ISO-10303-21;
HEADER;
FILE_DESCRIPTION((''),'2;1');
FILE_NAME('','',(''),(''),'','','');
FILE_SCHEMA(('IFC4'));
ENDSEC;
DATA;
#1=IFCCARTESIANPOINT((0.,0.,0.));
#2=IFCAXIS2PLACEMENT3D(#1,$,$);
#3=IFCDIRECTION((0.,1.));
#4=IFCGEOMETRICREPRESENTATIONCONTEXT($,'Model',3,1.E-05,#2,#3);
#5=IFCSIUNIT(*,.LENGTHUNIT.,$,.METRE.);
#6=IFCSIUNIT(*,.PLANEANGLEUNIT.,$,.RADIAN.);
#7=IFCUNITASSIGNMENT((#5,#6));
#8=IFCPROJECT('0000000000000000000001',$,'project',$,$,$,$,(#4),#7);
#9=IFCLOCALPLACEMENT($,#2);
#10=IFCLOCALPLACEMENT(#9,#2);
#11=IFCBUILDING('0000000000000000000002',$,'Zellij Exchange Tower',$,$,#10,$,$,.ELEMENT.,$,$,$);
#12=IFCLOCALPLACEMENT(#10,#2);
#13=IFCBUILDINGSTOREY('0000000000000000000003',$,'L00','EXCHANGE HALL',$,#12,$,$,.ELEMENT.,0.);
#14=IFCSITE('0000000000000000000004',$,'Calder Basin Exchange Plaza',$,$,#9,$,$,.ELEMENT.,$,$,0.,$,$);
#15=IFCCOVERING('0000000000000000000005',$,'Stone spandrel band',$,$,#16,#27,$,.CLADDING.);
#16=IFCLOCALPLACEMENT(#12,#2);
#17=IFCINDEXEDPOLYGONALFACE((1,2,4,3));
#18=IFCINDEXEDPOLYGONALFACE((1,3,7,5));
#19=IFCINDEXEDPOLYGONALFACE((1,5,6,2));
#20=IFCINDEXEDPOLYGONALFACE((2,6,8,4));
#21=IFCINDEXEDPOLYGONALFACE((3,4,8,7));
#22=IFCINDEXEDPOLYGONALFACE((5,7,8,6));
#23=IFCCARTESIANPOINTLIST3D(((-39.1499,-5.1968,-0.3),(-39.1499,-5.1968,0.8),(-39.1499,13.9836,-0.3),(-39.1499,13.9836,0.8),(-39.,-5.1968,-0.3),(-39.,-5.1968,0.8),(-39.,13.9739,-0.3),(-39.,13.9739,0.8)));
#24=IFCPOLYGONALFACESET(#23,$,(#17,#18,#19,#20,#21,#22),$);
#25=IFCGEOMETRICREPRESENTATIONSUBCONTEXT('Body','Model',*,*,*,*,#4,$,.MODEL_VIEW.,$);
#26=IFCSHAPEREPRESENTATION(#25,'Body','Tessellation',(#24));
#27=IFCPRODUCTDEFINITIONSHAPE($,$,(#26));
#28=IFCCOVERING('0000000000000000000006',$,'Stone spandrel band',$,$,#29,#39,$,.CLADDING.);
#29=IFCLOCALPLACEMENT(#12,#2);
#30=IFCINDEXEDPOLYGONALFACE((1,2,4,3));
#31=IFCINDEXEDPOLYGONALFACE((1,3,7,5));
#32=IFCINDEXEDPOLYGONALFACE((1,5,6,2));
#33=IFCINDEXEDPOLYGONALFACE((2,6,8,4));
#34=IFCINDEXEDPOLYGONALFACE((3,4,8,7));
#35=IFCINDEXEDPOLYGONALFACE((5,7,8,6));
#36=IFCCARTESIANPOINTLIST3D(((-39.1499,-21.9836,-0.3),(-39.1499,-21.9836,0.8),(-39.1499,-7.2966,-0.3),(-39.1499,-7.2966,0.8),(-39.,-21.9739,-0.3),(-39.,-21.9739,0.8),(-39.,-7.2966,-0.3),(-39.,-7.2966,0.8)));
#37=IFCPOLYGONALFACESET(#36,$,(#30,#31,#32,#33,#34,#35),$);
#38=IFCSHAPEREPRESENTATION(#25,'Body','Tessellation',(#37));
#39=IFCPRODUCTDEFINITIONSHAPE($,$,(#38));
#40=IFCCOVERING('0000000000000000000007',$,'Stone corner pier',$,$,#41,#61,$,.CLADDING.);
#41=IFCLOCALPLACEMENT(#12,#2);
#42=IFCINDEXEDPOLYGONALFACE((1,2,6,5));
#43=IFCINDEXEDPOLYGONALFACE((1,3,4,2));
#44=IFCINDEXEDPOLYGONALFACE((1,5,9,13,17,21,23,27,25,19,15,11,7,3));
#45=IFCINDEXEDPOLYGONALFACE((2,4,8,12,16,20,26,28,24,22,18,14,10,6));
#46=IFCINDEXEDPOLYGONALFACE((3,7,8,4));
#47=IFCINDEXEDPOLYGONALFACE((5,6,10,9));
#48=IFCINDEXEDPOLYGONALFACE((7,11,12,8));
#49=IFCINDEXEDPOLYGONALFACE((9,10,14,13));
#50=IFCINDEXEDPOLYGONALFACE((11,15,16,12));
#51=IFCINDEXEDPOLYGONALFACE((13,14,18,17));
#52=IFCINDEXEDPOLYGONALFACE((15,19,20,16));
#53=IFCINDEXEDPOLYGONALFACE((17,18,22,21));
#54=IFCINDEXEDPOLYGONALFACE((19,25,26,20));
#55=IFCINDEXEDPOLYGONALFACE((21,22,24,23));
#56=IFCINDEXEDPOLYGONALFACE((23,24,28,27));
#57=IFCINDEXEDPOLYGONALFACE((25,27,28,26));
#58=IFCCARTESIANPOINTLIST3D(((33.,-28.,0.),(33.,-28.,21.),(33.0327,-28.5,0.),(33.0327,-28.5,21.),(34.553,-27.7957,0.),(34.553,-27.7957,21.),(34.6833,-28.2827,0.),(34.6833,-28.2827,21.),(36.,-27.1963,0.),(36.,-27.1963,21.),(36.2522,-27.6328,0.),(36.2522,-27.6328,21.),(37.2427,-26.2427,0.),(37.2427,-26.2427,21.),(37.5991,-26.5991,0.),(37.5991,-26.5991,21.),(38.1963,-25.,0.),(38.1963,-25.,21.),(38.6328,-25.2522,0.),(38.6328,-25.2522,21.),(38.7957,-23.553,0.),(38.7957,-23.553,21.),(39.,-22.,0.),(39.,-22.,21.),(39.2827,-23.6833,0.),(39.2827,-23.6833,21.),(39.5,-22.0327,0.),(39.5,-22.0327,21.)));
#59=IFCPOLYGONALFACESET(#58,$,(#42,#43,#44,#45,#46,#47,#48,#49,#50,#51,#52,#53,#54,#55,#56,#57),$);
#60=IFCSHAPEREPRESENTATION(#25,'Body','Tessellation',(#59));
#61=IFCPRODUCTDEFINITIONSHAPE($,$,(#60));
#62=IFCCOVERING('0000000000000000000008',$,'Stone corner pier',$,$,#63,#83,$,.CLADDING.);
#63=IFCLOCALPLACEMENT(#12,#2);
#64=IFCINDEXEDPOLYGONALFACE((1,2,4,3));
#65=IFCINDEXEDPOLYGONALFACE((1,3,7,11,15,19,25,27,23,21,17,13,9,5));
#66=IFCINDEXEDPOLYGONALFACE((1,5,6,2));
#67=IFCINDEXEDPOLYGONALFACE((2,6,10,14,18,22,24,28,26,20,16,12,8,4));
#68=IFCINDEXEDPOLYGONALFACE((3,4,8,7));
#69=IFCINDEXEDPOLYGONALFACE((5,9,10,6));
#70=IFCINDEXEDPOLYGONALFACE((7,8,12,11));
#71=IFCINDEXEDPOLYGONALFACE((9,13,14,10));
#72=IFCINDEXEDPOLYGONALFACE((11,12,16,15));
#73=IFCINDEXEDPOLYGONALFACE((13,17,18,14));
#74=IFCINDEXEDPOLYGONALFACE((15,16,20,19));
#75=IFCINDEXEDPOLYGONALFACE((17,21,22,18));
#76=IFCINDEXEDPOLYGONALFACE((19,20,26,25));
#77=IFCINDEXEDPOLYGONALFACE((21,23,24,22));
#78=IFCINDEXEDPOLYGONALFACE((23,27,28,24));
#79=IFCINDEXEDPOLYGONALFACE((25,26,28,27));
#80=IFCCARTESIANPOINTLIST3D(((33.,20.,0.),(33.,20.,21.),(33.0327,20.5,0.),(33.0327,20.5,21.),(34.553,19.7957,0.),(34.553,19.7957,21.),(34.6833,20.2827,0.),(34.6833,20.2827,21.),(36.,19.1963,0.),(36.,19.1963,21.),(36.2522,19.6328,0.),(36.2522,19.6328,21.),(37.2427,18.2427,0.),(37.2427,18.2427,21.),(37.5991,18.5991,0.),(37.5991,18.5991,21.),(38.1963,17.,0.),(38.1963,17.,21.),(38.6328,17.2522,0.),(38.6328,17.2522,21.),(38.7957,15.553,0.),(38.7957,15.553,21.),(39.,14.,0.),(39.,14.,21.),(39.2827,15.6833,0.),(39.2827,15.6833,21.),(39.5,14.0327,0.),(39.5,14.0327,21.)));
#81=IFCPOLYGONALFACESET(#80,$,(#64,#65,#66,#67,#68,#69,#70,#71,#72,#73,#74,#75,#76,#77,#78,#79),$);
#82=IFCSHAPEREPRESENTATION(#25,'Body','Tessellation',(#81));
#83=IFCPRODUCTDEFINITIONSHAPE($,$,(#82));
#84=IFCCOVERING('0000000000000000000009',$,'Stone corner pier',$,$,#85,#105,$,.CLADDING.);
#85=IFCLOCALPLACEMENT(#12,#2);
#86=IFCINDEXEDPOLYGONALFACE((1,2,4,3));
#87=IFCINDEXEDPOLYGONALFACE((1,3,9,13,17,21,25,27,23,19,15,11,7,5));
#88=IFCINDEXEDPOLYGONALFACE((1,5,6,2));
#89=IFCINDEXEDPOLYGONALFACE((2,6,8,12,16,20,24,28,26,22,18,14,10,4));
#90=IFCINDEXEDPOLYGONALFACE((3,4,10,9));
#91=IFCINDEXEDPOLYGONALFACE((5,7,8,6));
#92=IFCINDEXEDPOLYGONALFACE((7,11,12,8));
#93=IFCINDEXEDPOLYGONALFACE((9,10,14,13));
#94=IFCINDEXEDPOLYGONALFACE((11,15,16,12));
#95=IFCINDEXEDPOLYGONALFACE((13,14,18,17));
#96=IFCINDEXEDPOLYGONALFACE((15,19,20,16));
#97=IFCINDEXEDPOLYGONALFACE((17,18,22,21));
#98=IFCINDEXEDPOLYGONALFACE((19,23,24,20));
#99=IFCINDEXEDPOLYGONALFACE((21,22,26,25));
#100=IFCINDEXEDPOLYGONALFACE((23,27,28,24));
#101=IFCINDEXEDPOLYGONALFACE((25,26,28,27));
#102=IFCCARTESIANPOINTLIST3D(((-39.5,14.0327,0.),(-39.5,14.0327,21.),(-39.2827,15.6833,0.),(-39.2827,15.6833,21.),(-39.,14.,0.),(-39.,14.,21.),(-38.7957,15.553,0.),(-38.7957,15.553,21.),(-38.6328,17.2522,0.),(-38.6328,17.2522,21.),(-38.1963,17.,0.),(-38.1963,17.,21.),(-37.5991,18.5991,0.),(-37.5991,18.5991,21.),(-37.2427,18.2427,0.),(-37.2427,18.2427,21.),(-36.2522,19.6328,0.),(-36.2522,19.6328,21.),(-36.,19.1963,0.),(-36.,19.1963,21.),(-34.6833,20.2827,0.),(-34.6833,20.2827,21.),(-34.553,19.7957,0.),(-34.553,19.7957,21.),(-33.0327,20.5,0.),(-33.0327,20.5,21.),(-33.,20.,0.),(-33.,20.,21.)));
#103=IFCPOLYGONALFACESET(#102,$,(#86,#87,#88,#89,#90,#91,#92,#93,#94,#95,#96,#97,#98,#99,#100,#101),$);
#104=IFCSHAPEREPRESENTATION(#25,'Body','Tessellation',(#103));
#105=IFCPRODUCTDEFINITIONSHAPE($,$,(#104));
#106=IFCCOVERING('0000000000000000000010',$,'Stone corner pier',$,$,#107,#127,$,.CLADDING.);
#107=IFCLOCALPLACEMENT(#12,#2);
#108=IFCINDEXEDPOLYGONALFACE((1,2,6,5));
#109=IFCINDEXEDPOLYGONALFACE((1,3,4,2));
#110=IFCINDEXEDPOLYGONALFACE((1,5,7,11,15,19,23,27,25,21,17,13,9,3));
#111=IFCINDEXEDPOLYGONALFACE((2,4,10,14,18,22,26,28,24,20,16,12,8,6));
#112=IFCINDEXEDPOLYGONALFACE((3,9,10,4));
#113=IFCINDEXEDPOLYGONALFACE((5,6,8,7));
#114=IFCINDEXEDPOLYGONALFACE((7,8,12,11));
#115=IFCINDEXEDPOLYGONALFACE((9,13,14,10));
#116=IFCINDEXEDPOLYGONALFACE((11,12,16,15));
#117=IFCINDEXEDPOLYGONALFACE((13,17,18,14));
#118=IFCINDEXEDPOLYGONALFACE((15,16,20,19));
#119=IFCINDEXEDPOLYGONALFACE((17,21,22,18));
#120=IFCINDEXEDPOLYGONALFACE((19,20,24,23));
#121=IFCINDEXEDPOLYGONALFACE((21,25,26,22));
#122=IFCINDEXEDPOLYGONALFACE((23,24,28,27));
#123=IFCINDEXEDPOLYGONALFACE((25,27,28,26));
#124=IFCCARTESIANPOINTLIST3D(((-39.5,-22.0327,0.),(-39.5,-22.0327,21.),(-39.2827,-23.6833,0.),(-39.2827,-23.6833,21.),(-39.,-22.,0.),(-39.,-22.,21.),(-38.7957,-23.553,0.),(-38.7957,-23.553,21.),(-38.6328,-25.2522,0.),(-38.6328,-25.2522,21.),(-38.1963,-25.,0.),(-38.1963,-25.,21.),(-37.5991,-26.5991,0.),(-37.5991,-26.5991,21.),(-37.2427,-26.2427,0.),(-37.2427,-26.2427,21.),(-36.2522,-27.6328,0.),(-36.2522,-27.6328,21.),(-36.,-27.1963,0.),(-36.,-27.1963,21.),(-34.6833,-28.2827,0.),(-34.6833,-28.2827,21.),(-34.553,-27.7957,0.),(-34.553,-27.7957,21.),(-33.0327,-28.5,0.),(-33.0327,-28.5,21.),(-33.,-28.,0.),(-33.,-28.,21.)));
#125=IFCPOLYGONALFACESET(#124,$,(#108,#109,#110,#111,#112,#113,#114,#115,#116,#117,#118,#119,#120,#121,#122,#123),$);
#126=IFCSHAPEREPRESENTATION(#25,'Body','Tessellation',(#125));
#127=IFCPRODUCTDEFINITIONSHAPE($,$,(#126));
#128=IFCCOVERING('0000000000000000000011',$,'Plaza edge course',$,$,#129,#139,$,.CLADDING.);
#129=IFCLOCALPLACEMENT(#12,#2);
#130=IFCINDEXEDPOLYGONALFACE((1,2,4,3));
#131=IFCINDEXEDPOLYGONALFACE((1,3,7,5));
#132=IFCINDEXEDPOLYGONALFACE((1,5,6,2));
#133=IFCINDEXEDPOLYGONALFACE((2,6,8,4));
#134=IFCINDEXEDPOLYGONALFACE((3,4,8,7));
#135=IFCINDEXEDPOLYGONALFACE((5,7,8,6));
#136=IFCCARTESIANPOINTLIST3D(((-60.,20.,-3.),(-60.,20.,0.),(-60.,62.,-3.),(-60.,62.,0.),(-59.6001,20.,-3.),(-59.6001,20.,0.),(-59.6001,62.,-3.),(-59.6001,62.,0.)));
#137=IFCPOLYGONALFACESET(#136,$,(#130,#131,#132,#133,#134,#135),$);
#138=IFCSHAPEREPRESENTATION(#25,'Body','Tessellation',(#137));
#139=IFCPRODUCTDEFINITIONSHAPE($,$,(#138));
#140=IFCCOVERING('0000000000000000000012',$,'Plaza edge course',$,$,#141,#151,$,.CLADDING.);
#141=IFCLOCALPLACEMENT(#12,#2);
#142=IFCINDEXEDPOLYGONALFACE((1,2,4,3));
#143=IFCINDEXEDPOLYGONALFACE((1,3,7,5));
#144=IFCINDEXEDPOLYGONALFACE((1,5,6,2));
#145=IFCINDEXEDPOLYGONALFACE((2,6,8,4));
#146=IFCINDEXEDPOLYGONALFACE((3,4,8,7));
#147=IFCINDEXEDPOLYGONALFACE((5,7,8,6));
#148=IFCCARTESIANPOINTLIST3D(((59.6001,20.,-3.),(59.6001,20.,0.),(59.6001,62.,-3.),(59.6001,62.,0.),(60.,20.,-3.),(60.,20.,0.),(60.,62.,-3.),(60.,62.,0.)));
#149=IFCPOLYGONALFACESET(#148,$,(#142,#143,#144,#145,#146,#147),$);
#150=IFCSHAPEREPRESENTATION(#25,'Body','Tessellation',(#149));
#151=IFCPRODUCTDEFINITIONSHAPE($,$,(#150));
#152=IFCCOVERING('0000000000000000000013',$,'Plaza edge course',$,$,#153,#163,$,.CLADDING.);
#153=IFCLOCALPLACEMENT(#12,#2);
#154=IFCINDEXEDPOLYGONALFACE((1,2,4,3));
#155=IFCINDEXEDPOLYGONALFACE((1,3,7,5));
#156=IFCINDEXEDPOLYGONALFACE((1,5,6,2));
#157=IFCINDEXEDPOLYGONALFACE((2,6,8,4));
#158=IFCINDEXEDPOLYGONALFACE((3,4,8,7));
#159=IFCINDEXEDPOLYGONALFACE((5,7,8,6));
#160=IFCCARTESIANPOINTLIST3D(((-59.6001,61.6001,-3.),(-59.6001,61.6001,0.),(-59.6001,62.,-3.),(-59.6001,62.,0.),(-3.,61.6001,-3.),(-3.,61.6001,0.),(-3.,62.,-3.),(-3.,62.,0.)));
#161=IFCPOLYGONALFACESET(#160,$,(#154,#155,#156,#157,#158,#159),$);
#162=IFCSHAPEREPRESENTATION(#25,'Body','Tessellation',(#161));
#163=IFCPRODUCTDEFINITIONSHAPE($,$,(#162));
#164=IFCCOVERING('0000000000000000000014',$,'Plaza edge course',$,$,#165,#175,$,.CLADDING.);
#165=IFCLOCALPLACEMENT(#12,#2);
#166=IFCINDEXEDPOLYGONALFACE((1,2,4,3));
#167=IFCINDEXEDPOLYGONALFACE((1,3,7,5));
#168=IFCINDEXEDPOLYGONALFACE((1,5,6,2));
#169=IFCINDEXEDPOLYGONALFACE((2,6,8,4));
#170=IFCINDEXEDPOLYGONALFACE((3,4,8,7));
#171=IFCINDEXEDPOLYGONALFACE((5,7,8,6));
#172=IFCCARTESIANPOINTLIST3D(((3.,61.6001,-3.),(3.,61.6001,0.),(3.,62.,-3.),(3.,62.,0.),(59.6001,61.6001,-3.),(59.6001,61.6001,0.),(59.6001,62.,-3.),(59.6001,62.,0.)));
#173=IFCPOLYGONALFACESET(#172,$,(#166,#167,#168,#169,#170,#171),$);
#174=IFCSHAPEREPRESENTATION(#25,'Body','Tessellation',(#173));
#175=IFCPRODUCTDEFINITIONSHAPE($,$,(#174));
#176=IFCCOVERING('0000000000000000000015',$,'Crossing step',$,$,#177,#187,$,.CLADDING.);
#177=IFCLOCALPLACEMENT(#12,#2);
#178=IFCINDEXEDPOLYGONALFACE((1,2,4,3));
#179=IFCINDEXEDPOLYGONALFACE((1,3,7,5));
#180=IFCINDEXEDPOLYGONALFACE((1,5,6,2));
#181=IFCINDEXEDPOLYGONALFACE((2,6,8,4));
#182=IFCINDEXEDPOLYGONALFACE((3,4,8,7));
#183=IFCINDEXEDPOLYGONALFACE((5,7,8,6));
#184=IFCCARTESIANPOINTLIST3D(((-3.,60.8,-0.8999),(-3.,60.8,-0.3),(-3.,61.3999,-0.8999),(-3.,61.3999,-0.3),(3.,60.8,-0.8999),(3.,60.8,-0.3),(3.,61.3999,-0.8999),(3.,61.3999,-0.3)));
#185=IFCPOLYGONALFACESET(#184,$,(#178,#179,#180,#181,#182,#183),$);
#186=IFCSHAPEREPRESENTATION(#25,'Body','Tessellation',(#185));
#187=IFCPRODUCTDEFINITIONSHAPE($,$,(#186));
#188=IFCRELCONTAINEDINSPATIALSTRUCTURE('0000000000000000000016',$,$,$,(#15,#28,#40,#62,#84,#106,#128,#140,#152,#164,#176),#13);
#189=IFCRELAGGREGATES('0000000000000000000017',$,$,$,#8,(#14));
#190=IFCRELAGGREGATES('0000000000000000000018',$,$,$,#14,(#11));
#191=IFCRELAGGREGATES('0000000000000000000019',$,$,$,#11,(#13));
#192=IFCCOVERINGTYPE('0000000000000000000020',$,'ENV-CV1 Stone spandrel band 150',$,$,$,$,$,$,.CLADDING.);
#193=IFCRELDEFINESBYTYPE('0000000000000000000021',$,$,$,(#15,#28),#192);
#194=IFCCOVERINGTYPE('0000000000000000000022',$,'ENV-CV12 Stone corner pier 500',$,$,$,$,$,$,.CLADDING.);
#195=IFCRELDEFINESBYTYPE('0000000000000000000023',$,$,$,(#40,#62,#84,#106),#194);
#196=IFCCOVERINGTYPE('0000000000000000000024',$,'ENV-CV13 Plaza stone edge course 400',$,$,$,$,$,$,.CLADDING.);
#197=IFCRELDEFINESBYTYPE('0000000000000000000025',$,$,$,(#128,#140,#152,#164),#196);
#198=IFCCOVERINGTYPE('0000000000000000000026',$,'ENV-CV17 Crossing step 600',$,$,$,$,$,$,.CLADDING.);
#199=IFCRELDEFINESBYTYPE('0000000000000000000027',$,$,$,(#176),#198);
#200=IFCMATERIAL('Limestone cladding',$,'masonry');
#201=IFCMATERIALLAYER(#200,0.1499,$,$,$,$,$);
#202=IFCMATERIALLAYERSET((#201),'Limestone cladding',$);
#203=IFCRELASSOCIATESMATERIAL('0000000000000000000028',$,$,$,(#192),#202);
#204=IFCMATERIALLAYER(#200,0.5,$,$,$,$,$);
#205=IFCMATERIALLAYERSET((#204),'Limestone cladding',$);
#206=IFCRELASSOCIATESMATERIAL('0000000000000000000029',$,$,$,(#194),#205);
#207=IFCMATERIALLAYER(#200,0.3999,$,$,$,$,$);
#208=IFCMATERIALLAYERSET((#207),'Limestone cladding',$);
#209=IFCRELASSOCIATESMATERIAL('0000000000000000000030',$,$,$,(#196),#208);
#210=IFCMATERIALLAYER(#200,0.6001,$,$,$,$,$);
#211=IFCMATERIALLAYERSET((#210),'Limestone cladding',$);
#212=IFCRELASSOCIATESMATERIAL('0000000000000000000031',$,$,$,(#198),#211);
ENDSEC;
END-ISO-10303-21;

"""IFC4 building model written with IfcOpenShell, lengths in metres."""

from ifc_helpers import new_model, si_unit, direction, frame, origin, place, context, subcontext, project, spatial, polyline, outline, extrude, material, layer, layer_set, type_object, element, save


model = new_model("IFC4")

# Units and contexts
model_context = context("Model", 3, precision=1e-05, world=origin(), true_north=direction((0.0, 1.0)))
body_context = subcontext(model_context, "Body", "Model", "MODEL_VIEW")
ifc_project = project(units=[si_unit("LENGTHUNIT", "METRE"), si_unit("PLANEANGLEUNIT", "RADIAN")], contexts=[model_context])

# Site, building, storey
site_placement = place(None, origin())
site = spatial("IfcSite", under=ifc_project, at=site_placement, Name="Calder Basin Exchange Plaza", CompositionType="ELEMENT", RefElevation=0.0)
building_placement = place(site_placement, origin())
building = spatial("IfcBuilding", under=site, at=building_placement, Name="Zellij Exchange Tower", CompositionType="ELEMENT")
storey_placement = place(building_placement, origin())
storey = spatial("IfcBuildingStorey", under=building, at=storey_placement, Name="L00", Description="EXCHANGE HALL", CompositionType="ELEMENT", Elevation=0.0)

# Coverings
ifc_material_1 = material(Name="Limestone cladding", Category="masonry")
ifc_layer_1 = layer(ifc_material_1, 0.1499)
ifc_layer_set_1 = layer_set([ifc_layer_1], Name="Limestone cladding")
covering_type_1 = type_object("IfcCoveringType", Name="ENV-CV1 Stone spandrel band 150", PredefinedType="CLADDING", material=ifc_layer_set_1)
covering_1_placement = place(storey_placement, frame((0.0, 0.0, -0.3)))
element("IfcCovering", 1, at=covering_1_placement, inside=storey, type_object=covering_type_1, Name="Stone spandrel band", PredefinedType="CLADDING", context=body_context, shape_type="SweptSolid", body=[
    extrude(outline(polyline([(-39.0, 13.9739), (-39.0, -5.1968), (-39.1499, -5.1968), (-39.1499, 13.9836), (-39.0, 13.9739)])), origin(), (0.0, 0.0, 1.0), 1.1001),
])
covering_2_placement = place(storey_placement, frame((0.0, 0.0, -0.3)))
element("IfcCovering", 2, at=covering_2_placement, inside=storey, type_object=covering_type_1, Name="Stone spandrel band", PredefinedType="CLADDING", context=body_context, shape_type="SweptSolid", body=[
    extrude(outline(polyline([(-39.0, -7.2966), (-39.0, -21.9739), (-39.1499, -21.9836), (-39.1499, -7.2966), (-39.0, -7.2966)])), origin(), (0.0, 0.0, 1.0), 1.1001),
])
ifc_layer_2 = layer(ifc_material_1, 0.5)
ifc_layer_set_2 = layer_set([ifc_layer_2], Name="Limestone cladding")
covering_type_2 = type_object("IfcCoveringType", Name="ENV-CV12 Stone corner pier 500", PredefinedType="CLADDING", material=ifc_layer_set_2)
covering_3_placement = place(storey_placement, origin())
element("IfcCovering", 3, at=covering_3_placement, inside=storey, type_object=covering_type_2, Name="Stone corner pier", PredefinedType="CLADDING", context=body_context, shape_type="SweptSolid", body=[
    extrude(outline(polyline([(33.0, -28.0), (34.553, -27.7957), (36.0, -27.1963), (37.2427, -26.2427), (38.1963, -25.0), (38.7957, -23.553), (39.0, -22.0), (39.5, -22.0327), (39.2827, -23.6833), (38.6328, -25.2522), (37.5991, -26.5991), (36.2522, -27.6328), (34.6833, -28.2827), (33.0327, -28.5), (33.0, -28.0)])), origin(), (0.0, 0.0, 1.0), 21.0),
])
covering_4_placement = place(storey_placement, origin())
element("IfcCovering", 4, at=covering_4_placement, inside=storey, type_object=covering_type_2, Name="Stone corner pier", PredefinedType="CLADDING", context=body_context, shape_type="SweptSolid", body=[
    extrude(outline(polyline([(39.0, 14.0), (38.7957, 15.553), (38.1963, 17.0), (37.2427, 18.2427), (36.0, 19.1963), (34.553, 19.7957), (33.0, 20.0), (33.0327, 20.5), (34.6833, 20.2827), (36.2522, 19.6328), (37.5991, 18.5991), (38.6328, 17.2522), (39.2827, 15.6833), (39.5, 14.0327), (39.0, 14.0)])), origin(), (0.0, 0.0, 1.0), 21.0),
])
covering_5_placement = place(storey_placement, origin())
element("IfcCovering", 5, at=covering_5_placement, inside=storey, type_object=covering_type_2, Name="Stone corner pier", PredefinedType="CLADDING", context=body_context, shape_type="SweptSolid", body=[
    extrude(outline(polyline([(-33.0, 20.0), (-34.553, 19.7957), (-36.0, 19.1963), (-37.2427, 18.2427), (-38.1963, 17.0), (-38.7957, 15.553), (-39.0, 14.0), (-39.5, 14.0327), (-39.2827, 15.6833), (-38.6328, 17.2522), (-37.5991, 18.5991), (-36.2522, 19.6328), (-34.6833, 20.2827), (-33.0327, 20.5), (-33.0, 20.0)])), origin(), (0.0, 0.0, 1.0), 21.0),
])
covering_6_placement = place(storey_placement, origin())
element("IfcCovering", 6, at=covering_6_placement, inside=storey, type_object=covering_type_2, Name="Stone corner pier", PredefinedType="CLADDING", context=body_context, shape_type="SweptSolid", body=[
    extrude(outline(polyline([(-39.0, -22.0), (-38.7957, -23.553), (-38.1963, -25.0), (-37.2427, -26.2427), (-36.0, -27.1963), (-34.553, -27.7957), (-33.0, -28.0), (-33.0327, -28.5), (-34.6833, -28.2827), (-36.2522, -27.6328), (-37.5991, -26.5991), (-38.6328, -25.2522), (-39.2827, -23.6833), (-39.5, -22.0327), (-39.0, -22.0)])), origin(), (0.0, 0.0, 1.0), 21.0),
])
ifc_layer_3 = layer(ifc_material_1, 0.3999)
ifc_layer_set_3 = layer_set([ifc_layer_3], Name="Limestone cladding")
covering_type_3 = type_object("IfcCoveringType", Name="ENV-CV13 Plaza stone edge course 400", PredefinedType="CLADDING", material=ifc_layer_set_3)
covering_7_placement = place(storey_placement, frame((0.0, 0.0, -3.0)))
element("IfcCovering", 7, at=covering_7_placement, inside=storey, type_object=covering_type_3, Name="Plaza edge course", PredefinedType="CLADDING", context=body_context, shape_type="SweptSolid", body=[
    extrude(outline(polyline([(-60.0, 20.0), (-59.6001, 20.0), (-59.6001, 62.0), (-60.0, 62.0), (-60.0, 20.0)])), origin(), (0.0, 0.0, 1.0), 3.0),
])
covering_8_placement = place(storey_placement, frame((0.0, 0.0, -3.0)))
element("IfcCovering", 8, at=covering_8_placement, inside=storey, type_object=covering_type_3, Name="Plaza edge course", PredefinedType="CLADDING", context=body_context, shape_type="SweptSolid", body=[
    extrude(outline(polyline([(59.6001, 20.0), (60.0, 20.0), (60.0, 62.0), (59.6001, 62.0), (59.6001, 20.0)])), origin(), (0.0, 0.0, 1.0), 3.0),
])
covering_9_placement = place(storey_placement, frame((0.0, 0.0, -3.0)))
element("IfcCovering", 9, at=covering_9_placement, inside=storey, type_object=covering_type_3, Name="Plaza edge course", PredefinedType="CLADDING", context=body_context, shape_type="SweptSolid", body=[
    extrude(outline(polyline([(-59.6001, 61.6001), (-3.0, 61.6001), (-3.0, 62.0), (-59.6001, 62.0), (-59.6001, 61.6001)])), origin(), (0.0, 0.0, 1.0), 3.0),
])
covering_10_placement = place(storey_placement, frame((0.0, 0.0, -3.0)))
element("IfcCovering", 10, at=covering_10_placement, inside=storey, type_object=covering_type_3, Name="Plaza edge course", PredefinedType="CLADDING", context=body_context, shape_type="SweptSolid", body=[
    extrude(outline(polyline([(3.0, 61.6001), (59.6001, 61.6001), (59.6001, 62.0), (3.0, 62.0), (3.0, 61.6001)])), origin(), (0.0, 0.0, 1.0), 3.0),
])
ifc_layer_4 = layer(ifc_material_1, 0.6001)
ifc_layer_set_4 = layer_set([ifc_layer_4], Name="Limestone cladding")
covering_type_4 = type_object("IfcCoveringType", Name="ENV-CV17 Crossing step 600", PredefinedType="CLADDING", material=ifc_layer_set_4)
covering_11_placement = place(storey_placement, frame((0.0, 0.0, -0.8999)))
element("IfcCovering", 11, at=covering_11_placement, inside=storey, type_object=covering_type_4, Name="Crossing step", PredefinedType="CLADDING", context=body_context, shape_type="SweptSolid", body=[
    extrude(outline(polyline([(-3.0, 60.8), (3.0, 60.8), (3.0, 61.3999), (-3.0, 61.3999), (-3.0, 60.8)])), origin(), (0.0, 0.0, 1.0), 0.5999),
])

save(model, "model.ifc")
